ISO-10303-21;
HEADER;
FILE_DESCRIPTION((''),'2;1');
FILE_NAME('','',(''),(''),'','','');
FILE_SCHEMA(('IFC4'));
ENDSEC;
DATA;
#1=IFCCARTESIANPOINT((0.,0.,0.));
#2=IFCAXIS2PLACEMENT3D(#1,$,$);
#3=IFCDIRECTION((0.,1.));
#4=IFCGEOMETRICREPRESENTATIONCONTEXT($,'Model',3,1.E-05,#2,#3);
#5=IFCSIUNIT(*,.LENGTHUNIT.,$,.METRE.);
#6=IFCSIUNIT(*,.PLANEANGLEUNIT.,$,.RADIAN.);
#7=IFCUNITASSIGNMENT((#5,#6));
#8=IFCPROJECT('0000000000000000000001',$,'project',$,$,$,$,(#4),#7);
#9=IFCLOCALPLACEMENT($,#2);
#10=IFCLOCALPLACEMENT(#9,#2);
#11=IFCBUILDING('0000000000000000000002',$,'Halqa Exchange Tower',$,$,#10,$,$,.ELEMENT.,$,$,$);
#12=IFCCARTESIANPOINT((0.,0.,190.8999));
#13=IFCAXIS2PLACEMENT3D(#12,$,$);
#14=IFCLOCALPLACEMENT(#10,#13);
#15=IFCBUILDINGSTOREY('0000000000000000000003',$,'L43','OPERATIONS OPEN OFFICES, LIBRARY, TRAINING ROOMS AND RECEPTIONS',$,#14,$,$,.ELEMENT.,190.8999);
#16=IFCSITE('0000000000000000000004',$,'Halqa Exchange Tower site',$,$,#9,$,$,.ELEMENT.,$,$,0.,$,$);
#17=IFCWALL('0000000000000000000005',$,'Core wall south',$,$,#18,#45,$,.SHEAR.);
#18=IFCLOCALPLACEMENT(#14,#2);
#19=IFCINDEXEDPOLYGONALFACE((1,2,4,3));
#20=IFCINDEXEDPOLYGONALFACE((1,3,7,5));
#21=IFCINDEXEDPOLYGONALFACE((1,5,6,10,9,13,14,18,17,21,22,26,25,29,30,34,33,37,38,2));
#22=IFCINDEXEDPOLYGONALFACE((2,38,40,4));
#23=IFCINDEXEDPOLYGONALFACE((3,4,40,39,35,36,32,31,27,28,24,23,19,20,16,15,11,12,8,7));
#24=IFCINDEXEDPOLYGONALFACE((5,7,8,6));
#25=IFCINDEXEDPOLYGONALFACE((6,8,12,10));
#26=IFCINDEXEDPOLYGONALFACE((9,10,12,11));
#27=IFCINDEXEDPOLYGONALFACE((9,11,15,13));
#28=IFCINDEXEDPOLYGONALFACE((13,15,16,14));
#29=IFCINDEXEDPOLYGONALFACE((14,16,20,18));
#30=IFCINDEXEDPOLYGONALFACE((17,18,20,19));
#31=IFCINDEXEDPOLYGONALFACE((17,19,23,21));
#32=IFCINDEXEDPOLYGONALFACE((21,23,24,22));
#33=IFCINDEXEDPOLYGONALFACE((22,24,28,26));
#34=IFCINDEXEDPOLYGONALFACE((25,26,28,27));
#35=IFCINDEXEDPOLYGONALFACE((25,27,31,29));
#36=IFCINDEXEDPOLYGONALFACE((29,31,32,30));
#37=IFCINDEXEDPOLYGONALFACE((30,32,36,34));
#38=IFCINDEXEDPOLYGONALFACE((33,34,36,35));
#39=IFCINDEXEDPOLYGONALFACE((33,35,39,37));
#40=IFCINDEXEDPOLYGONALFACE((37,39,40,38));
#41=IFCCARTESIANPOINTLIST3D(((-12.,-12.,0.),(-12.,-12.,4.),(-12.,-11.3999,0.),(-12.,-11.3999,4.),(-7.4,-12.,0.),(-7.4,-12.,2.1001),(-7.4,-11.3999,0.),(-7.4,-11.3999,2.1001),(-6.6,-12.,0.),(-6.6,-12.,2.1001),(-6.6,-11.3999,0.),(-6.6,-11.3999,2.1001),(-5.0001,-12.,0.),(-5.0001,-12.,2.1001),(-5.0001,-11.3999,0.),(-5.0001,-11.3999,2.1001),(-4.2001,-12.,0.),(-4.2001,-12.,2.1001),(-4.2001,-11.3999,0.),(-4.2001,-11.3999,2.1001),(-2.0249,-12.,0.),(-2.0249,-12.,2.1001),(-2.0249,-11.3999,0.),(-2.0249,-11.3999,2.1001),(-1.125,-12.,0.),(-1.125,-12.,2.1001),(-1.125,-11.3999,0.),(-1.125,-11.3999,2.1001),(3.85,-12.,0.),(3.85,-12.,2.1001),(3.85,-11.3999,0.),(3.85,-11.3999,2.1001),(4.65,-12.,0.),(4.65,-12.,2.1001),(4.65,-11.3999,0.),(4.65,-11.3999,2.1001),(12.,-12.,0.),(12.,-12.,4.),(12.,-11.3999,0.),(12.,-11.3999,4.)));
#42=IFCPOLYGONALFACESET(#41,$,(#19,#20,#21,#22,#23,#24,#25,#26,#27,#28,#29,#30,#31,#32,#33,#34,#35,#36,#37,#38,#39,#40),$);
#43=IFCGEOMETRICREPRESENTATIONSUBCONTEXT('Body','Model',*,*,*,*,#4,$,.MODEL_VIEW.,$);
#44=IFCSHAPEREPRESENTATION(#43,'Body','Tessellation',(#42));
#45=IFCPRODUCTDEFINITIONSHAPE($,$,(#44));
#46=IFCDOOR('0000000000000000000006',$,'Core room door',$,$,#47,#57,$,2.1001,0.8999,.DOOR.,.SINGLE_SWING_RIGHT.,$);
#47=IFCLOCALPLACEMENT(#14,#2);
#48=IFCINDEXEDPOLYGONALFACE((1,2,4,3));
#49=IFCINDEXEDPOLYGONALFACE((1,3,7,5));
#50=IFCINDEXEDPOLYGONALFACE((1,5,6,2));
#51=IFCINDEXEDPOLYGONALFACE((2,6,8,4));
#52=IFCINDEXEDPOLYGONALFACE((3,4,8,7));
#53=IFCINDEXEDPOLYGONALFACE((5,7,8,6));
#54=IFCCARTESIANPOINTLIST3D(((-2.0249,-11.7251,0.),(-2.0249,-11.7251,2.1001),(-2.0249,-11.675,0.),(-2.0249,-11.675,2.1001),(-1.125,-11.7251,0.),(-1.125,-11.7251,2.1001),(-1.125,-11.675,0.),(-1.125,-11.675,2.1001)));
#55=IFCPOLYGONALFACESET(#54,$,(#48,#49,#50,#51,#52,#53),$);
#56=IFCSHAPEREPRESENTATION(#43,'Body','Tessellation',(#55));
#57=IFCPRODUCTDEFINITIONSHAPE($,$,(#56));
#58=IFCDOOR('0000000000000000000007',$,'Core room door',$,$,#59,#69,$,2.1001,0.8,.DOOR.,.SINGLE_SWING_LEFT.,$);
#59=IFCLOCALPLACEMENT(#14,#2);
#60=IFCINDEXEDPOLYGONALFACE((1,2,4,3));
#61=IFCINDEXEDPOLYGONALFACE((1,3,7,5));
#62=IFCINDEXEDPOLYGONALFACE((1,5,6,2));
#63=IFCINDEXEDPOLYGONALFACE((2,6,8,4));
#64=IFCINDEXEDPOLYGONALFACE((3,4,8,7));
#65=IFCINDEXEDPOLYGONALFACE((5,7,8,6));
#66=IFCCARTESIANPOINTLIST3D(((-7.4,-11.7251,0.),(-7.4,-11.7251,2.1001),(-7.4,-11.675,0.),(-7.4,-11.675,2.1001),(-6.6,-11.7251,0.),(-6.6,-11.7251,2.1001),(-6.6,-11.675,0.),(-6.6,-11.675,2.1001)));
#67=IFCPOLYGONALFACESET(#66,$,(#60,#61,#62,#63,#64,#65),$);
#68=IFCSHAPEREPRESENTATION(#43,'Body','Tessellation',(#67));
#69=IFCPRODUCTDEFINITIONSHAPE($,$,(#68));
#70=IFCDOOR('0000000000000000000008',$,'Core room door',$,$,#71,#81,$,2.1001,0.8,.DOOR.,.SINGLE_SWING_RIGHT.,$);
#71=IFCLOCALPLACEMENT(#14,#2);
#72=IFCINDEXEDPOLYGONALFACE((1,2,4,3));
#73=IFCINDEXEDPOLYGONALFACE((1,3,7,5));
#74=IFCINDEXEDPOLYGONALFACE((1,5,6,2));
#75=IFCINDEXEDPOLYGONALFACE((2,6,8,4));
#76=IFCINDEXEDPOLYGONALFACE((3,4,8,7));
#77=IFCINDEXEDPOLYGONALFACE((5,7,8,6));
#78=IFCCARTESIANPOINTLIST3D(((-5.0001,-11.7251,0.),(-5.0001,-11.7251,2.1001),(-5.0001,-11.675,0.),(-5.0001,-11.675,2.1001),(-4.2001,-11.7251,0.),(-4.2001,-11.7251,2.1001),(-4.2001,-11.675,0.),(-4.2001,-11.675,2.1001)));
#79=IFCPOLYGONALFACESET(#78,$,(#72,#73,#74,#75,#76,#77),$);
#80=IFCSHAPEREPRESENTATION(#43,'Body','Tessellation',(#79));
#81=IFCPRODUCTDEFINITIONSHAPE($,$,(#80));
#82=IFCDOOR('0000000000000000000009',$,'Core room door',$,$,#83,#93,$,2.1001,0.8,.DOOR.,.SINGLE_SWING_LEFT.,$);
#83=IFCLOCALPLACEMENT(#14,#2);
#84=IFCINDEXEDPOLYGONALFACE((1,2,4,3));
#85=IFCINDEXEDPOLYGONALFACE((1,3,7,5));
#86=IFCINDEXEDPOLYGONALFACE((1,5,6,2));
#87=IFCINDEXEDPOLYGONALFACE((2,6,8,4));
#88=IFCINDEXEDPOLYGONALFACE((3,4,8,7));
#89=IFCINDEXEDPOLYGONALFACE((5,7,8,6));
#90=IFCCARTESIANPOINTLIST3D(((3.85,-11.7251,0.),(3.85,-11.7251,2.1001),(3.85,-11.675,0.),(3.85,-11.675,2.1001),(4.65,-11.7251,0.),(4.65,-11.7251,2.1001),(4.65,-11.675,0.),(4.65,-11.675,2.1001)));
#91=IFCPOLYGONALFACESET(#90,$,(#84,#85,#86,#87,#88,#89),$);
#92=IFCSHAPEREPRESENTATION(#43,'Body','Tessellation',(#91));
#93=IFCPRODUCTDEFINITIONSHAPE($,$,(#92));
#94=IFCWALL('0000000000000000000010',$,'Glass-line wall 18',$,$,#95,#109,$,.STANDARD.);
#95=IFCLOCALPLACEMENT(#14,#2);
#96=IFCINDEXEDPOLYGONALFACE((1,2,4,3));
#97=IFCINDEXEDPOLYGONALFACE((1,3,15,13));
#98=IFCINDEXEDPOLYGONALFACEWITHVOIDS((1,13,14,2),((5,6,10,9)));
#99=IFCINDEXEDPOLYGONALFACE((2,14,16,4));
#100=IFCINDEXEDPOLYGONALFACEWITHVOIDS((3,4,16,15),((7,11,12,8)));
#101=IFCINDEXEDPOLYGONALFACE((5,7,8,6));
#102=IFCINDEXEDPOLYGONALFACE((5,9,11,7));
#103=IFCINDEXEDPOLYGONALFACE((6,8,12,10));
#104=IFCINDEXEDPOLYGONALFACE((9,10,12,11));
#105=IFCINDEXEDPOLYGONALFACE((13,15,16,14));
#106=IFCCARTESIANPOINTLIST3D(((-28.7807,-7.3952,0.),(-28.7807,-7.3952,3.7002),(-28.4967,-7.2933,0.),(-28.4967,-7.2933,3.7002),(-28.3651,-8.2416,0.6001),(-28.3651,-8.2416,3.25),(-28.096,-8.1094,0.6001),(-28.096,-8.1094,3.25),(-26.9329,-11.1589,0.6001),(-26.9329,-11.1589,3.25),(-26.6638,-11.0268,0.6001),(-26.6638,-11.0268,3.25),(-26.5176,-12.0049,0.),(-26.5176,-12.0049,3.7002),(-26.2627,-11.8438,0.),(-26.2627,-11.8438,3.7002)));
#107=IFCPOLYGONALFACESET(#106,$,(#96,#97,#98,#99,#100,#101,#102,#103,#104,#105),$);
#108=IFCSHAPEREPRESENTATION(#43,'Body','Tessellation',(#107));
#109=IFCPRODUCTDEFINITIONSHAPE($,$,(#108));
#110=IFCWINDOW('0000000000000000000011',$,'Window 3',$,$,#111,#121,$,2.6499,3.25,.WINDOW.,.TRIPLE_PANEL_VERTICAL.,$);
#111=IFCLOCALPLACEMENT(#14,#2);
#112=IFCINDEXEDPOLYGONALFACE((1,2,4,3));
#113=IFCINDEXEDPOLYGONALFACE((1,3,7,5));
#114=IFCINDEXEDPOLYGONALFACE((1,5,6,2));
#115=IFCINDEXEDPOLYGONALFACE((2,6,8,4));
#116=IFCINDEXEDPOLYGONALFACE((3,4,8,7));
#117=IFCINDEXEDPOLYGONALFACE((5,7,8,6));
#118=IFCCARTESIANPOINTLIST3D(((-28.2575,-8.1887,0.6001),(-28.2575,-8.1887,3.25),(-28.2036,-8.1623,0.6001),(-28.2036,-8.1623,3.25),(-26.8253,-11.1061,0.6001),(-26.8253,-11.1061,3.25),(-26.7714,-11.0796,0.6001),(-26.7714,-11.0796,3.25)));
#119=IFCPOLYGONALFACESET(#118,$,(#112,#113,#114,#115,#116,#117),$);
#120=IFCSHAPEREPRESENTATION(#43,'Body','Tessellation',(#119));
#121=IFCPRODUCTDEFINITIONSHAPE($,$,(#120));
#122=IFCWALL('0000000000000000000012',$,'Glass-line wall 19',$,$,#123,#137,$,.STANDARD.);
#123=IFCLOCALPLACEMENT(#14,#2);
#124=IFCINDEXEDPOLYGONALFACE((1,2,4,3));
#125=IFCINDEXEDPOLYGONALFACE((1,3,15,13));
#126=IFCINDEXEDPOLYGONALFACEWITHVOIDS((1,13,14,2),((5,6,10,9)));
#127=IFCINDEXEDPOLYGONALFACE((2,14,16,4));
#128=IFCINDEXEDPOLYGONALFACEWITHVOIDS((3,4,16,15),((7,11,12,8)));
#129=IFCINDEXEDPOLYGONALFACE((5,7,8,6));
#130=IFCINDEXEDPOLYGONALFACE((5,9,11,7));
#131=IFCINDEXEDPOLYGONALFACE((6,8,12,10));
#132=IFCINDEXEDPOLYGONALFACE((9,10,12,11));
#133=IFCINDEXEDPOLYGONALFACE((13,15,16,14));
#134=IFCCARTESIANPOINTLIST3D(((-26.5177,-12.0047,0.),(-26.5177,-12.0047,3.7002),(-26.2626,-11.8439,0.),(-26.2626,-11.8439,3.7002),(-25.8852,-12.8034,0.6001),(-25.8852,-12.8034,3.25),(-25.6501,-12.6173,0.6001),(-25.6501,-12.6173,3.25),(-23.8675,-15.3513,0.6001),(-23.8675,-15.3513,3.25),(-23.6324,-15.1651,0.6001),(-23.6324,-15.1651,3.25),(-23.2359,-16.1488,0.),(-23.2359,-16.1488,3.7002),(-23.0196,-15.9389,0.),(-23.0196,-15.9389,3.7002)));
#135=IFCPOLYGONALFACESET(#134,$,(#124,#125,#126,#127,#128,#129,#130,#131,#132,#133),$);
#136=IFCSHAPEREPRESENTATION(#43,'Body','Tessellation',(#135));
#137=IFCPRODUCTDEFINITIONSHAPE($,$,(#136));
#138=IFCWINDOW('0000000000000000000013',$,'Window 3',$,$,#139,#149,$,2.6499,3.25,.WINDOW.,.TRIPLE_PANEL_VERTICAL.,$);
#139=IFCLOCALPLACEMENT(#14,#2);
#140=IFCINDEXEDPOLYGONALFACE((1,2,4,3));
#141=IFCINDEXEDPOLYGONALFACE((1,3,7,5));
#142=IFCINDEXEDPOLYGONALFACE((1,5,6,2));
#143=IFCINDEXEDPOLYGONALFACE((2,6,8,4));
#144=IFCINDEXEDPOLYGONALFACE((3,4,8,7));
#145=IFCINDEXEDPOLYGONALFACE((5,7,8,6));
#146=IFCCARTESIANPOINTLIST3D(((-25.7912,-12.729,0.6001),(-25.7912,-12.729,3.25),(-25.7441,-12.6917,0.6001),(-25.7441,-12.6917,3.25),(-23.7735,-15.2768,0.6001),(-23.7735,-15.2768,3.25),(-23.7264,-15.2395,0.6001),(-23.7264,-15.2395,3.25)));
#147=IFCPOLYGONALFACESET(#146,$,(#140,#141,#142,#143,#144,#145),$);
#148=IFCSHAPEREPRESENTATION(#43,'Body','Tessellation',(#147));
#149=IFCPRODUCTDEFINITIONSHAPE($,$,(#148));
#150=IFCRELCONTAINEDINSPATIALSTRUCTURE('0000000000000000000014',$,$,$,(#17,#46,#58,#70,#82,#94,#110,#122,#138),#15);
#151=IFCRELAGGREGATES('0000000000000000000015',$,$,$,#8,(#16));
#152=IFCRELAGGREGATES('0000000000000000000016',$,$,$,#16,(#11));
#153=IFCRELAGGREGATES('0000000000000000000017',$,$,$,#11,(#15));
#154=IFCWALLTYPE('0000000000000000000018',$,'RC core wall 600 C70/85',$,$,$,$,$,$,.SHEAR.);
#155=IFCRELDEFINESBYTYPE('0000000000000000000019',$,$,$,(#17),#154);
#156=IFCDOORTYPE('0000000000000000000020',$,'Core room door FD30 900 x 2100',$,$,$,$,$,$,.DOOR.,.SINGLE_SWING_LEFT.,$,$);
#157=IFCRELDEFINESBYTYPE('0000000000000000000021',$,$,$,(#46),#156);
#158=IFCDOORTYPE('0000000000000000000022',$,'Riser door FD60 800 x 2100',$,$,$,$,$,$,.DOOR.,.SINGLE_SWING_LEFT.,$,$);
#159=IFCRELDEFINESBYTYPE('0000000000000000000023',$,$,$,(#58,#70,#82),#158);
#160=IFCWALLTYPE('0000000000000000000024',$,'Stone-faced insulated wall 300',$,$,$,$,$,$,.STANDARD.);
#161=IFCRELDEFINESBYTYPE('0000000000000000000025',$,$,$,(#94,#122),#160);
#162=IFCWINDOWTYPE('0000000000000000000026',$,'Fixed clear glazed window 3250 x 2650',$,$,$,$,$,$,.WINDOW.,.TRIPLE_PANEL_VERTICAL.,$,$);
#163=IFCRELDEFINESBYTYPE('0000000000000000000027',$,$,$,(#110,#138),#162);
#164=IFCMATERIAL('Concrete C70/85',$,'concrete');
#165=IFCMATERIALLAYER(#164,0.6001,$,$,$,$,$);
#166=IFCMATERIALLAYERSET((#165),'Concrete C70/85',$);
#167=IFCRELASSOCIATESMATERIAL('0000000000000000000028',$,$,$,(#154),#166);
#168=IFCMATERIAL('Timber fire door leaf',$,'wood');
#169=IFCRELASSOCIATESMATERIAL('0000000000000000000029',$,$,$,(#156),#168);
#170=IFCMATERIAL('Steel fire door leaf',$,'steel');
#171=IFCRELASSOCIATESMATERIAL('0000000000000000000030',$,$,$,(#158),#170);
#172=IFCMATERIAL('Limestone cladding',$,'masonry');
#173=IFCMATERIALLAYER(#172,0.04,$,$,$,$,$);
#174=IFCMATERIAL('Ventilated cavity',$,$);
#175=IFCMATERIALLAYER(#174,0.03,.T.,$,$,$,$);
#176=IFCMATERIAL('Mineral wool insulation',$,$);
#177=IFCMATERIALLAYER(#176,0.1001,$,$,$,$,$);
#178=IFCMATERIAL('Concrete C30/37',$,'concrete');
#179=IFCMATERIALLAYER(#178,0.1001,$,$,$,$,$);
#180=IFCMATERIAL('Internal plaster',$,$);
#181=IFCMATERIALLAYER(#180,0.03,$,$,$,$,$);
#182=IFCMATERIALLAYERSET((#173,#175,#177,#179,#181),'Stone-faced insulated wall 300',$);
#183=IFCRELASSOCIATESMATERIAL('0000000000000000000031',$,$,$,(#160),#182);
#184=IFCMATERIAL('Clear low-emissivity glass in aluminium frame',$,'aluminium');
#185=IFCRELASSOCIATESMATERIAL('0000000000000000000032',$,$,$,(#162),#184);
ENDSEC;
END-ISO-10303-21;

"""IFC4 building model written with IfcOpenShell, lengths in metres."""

from ifc_helpers import new_model, si_unit, direction, frame, frame_2d, origin, place, context, subcontext, project, spatial, polyline, rectangle, outline, extrude, material, layer, layer_set, type_object, element, fill, save


model = new_model("IFC4")

# Units and contexts
model_context = context("Model", 3, precision=1e-05, world=origin(), true_north=direction((0.0, 1.0)))
body_context = subcontext(model_context, "Body", "Model", "MODEL_VIEW")
ifc_project = project(units=[si_unit("LENGTHUNIT", "METRE"), si_unit("PLANEANGLEUNIT", "RADIAN")], contexts=[model_context])

# Site, building, storey
site_placement = place(None, origin())
site = spatial("IfcSite", under=ifc_project, at=site_placement, Name="Halqa Exchange Tower site", CompositionType="ELEMENT", RefElevation=0.0)
building_placement = place(site_placement, origin())
building = spatial("IfcBuilding", under=site, at=building_placement, Name="Halqa Exchange Tower", CompositionType="ELEMENT")
storey_placement = place(building_placement, frame((0.0, 0.0, 190.8999)))
storey = spatial("IfcBuildingStorey", under=building, at=storey_placement, Name="L43", Description="OPERATIONS OPEN OFFICES, LIBRARY, TRAINING ROOMS AND RECEPTIONS", CompositionType="ELEMENT", Elevation=190.8999)

# Shared definitions
ifc_material_1 = material(Name="Steel fire door leaf", Category="steel")

# Wall, openings, doors
ifc_material_2 = material(Name="Concrete C70/85", Category="concrete")
ifc_layer_1 = layer(ifc_material_2, 0.6001)
ifc_layer_set_1 = layer_set([ifc_layer_1], Name="Concrete C70/85")
wall_type_1 = type_object("IfcWallType", Name="RC core wall 600 C70/85", PredefinedType="SHEAR", material=ifc_layer_set_1)
wall_1_placement = place(storey_placement, frame((-12.0, -11.7, 0.0), z_axis=(0.0, 0.0, 1.0), x_axis=(1.0, 0.0, 0.0)))
wall_1 = element("IfcWall", 1, at=wall_1_placement, inside=storey, type_object=wall_type_1, Name="Core wall south", PredefinedType="SHEAR", context=body_context, shape_type="SweptSolid", body=[
    extrude(rectangle(XDim=24.0, YDim=0.6001, at=frame_2d((12.0, 0.0))), origin(), (0.0, 0.0, 1.0), 4.0),
])
opening_1_placement = place(wall_1_placement, frame((9.9751, 0.0, 0.0)))
opening_1 = element("IfcOpeningElement", 2, at=opening_1_placement, cuts=wall_1, PredefinedType="OPENING", context=body_context, shape_type="SweptSolid", body=[
    extrude(rectangle(XDim=0.8999, YDim=2.1001, at=frame_2d((0.45, 1.05))), frame((0.0, 0.312, 0.0), z_axis=(0.0, -1.0, 0.0), x_axis=(1.0, 0.0, 0.0)), (0.0, 0.0, 1.0), 0.624),
])
opening_2_placement = place(wall_1_placement, frame((4.6001, 0.0, 0.0)))
opening_2 = element("IfcOpeningElement", 3, at=opening_2_placement, cuts=wall_1, PredefinedType="OPENING", context=body_context, shape_type="SweptSolid", body=[
    extrude(rectangle(XDim=0.8, YDim=2.1001, at=frame_2d((0.3999, 1.05))), frame((0.0, 0.312, 0.0), z_axis=(0.0, -1.0, 0.0), x_axis=(1.0, 0.0, 0.0)), (0.0, 0.0, 1.0), 0.624),
])
opening_3_placement = place(wall_1_placement, frame((7.0, 0.0, 0.0)))
opening_3 = element("IfcOpeningElement", 4, at=opening_3_placement, cuts=wall_1, PredefinedType="OPENING", context=body_context, shape_type="SweptSolid", body=[
    extrude(rectangle(XDim=0.8, YDim=2.1001, at=frame_2d((0.3999, 1.05))), frame((0.0, 0.312, 0.0), z_axis=(0.0, -1.0, 0.0), x_axis=(1.0, 0.0, 0.0)), (0.0, 0.0, 1.0), 0.624),
])
opening_4_placement = place(wall_1_placement, frame((15.8501, 0.0, 0.0)))
opening_4 = element("IfcOpeningElement", 5, at=opening_4_placement, cuts=wall_1, PredefinedType="OPENING", context=body_context, shape_type="SweptSolid", body=[
    extrude(rectangle(XDim=0.8, YDim=2.1001, at=frame_2d((0.3999, 1.05))), frame((0.0, 0.312, 0.0), z_axis=(0.0, -1.0, 0.0), x_axis=(1.0, 0.0, 0.0)), (0.0, 0.0, 1.0), 0.624),
])
ifc_material_3 = material(Name="Timber fire door leaf", Category="wood")
door_type_1 = type_object("IfcDoorType", Name="Core room door FD30 900 x 2100", OperationType="SINGLE_SWING_LEFT", PredefinedType="DOOR", material=ifc_material_3)
door_1_placement = place(opening_1_placement, origin())
door_1 = element("IfcDoor", 6, at=door_1_placement, inside=storey, type_object=door_type_1, Name="Core room door", OperationType="SINGLE_SWING_RIGHT", OverallHeight=2.1001, OverallWidth=0.8999, PredefinedType="DOOR", context=body_context, shape_type="SweptSolid", body=[
    extrude(rectangle(XDim=0.8999, YDim=2.1001, at=frame_2d((0.45, 1.05))), frame((0.0, 0.0249, 0.0), z_axis=(0.0, -1.0, 0.0), x_axis=(1.0, 0.0, 0.0)), (0.0, 0.0, 1.0), 0.05),
])
fill(opening_1, door_1)
door_type_2 = type_object("IfcDoorType", Name="Riser door FD60 800 x 2100", OperationType="SINGLE_SWING_LEFT", PredefinedType="DOOR", material=ifc_material_1)
door_2_placement = place(opening_2_placement, origin())
door_2 = element("IfcDoor", 7, at=door_2_placement, inside=storey, type_object=door_type_2, Name="Core room door", OperationType="SINGLE_SWING_LEFT", OverallHeight=2.1001, OverallWidth=0.8, PredefinedType="DOOR", context=body_context, shape_type="SweptSolid", body=[
    extrude(rectangle(XDim=0.8, YDim=2.1001, at=frame_2d((0.3999, 1.05))), frame((0.0, 0.0249, 0.0), z_axis=(0.0, -1.0, 0.0), x_axis=(1.0, 0.0, 0.0)), (0.0, 0.0, 1.0), 0.05),
])
fill(opening_2, door_2)
door_3_placement = place(opening_3_placement, origin())
door_3 = element("IfcDoor", 8, at=door_3_placement, inside=storey, type_object=door_type_2, Name="Core room door", OperationType="SINGLE_SWING_RIGHT", OverallHeight=2.1001, OverallWidth=0.8, PredefinedType="DOOR", context=body_context, shape_type="SweptSolid", body=[
    extrude(rectangle(XDim=0.8, YDim=2.1001, at=frame_2d((0.3999, 1.05))), frame((0.0, 0.0249, 0.0), z_axis=(0.0, -1.0, 0.0), x_axis=(1.0, 0.0, 0.0)), (0.0, 0.0, 1.0), 0.05),
])
fill(opening_3, door_3)
door_4_placement = place(opening_4_placement, origin())
door_4 = element("IfcDoor", 9, at=door_4_placement, inside=storey, type_object=door_type_2, Name="Core room door", OperationType="SINGLE_SWING_LEFT", OverallHeight=2.1001, OverallWidth=0.8, PredefinedType="DOOR", context=body_context, shape_type="SweptSolid", body=[
    extrude(rectangle(XDim=0.8, YDim=2.1001, at=frame_2d((0.3999, 1.05))), frame((0.0, 0.0249, 0.0), z_axis=(0.0, -1.0, 0.0), x_axis=(1.0, 0.0, 0.0)), (0.0, 0.0, 1.0), 0.05),
])
fill(opening_4, door_4)

# Walls, openings, windows
ifc_material_4 = material(Name="Limestone cladding", Category="masonry")
ifc_layer_2 = layer(ifc_material_4, 0.04)
ifc_material_5 = material(Name="Ventilated cavity")
ifc_layer_3 = layer(ifc_material_5, 0.03, ventilated=True)
ifc_material_6 = material(Name="Mineral wool insulation")
ifc_layer_4 = layer(ifc_material_6, 0.1001)
ifc_material_7 = material(Name="Concrete C30/37", Category="concrete")
ifc_layer_5 = layer(ifc_material_7, 0.1001)
ifc_material_8 = material(Name="Internal plaster")
ifc_layer_6 = layer(ifc_material_8, 0.03)
ifc_layer_set_2 = layer_set([ifc_layer_2, ifc_layer_3, ifc_layer_4, ifc_layer_5, ifc_layer_6], Name="Stone-faced insulated wall 300")
wall_type_2 = type_object("IfcWallType", Name="Stone-faced insulated wall 300", PredefinedType="STANDARD", material=ifc_layer_set_2)
wall_2_placement = place(storey_placement, frame((-28.6387, -7.3442, 0.0), z_axis=(0.0, 0.0, 1.0), x_axis=(0.440694, -0.897657, 0.0)))
wall_2 = element("IfcWall", 10, at=wall_2_placement, inside=storey, type_object=wall_type_2, Name="Glass-line wall 18", PredefinedType="STANDARD", context=body_context, shape_type="SweptSolid", body=[
    extrude(outline(polyline([(-0.0168, -0.1499), (5.1184, -0.1499), (5.0862, 0.1499), (0.0168, 0.1499), (-0.0168, -0.1499)])), origin(), (0.0, 0.0, 1.0), 3.7002),
])
opening_5_placement = place(wall_2_placement, frame((0.926, 0.0, 0.6001)))
opening_5 = element("IfcOpeningElement", 11, at=opening_5_placement, cuts=wall_2, PredefinedType="OPENING", context=body_context, shape_type="SweptSolid", body=[
    extrude(rectangle(XDim=3.25, YDim=2.6499, at=frame_2d((1.625, 1.325))), frame((0.0, 0.1621, 0.0), z_axis=(0.0, -1.0, 0.0), x_axis=(1.0, 0.0, 0.0)), (0.0, 0.0, 1.0), 0.324),
])
ifc_material_9 = material(Name="Clear low-emissivity glass in aluminium frame", Category="aluminium")
window_type = type_object("IfcWindowType", Name="Fixed clear glazed window 3250 x 2650", PartitioningType="TRIPLE_PANEL_VERTICAL", PredefinedType="WINDOW", material=ifc_material_9)
window_1_placement = place(opening_5_placement, origin())
window_1 = element("IfcWindow", 12, at=window_1_placement, inside=storey, type_object=window_type, Name="Window 3", OverallHeight=2.6499, OverallWidth=3.25, PartitioningType="TRIPLE_PANEL_VERTICAL", PredefinedType="WINDOW", context=body_context, shape_type="SweptSolid", body=[
    extrude(rectangle(XDim=3.25, YDim=2.6499, at=frame_2d((1.625, 1.325))), frame((0.0, 0.03, 0.0), z_axis=(0.0, -1.0, 0.0), x_axis=(1.0, 0.0, 0.0)), (0.0, 0.0, 1.0), 0.0601),
])
fill(opening_5, window_1)
wall_3_placement = place(storey_placement, frame((-26.3901, -11.9243, 0.0), z_axis=(0.0, 0.0, 1.0), x_axis=(0.620829, -0.783946, 0.0)))
wall_3 = element("IfcWall", 13, at=wall_3_placement, inside=storey, type_object=wall_type_2, Name="Glass-line wall 19", PredefinedType="STANDARD", context=body_context, shape_type="SweptSolid", body=[
    extrude(outline(polyline([(-0.0161, -0.1499), (5.27, -0.1499), (5.2397, 0.1499), (0.0161, 0.1499), (-0.0161, -0.1499)])), origin(), (0.0, 0.0, 1.0), 3.7002),
])
opening_6_placement = place(wall_3_placement, frame((1.0027, 0.0, 0.6001)))
opening_6 = element("IfcOpeningElement", 14, at=opening_6_placement, cuts=wall_3, PredefinedType="OPENING", context=body_context, shape_type="SweptSolid", body=[
    extrude(rectangle(XDim=3.25, YDim=2.6499, at=frame_2d((1.625, 1.325))), frame((0.0, 0.1621, 0.0), z_axis=(0.0, -1.0, 0.0), x_axis=(1.0, 0.0, 0.0)), (0.0, 0.0, 1.0), 0.324),
])
window_2_placement = place(opening_6_placement, origin())
window_2 = element("IfcWindow", 15, at=window_2_placement, inside=storey, type_object=window_type, Name="Window 3", OverallHeight=2.6499, OverallWidth=3.25, PartitioningType="TRIPLE_PANEL_VERTICAL", PredefinedType="WINDOW", context=body_context, shape_type="SweptSolid", body=[
    extrude(rectangle(XDim=3.25, YDim=2.6499, at=frame_2d((1.625, 1.325))), frame((0.0, 0.03, 0.0), z_axis=(0.0, -1.0, 0.0), x_axis=(1.0, 0.0, 0.0)), (0.0, 0.0, 1.0), 0.0601),
])
fill(opening_6, window_2)

save(model, "model.ifc")
